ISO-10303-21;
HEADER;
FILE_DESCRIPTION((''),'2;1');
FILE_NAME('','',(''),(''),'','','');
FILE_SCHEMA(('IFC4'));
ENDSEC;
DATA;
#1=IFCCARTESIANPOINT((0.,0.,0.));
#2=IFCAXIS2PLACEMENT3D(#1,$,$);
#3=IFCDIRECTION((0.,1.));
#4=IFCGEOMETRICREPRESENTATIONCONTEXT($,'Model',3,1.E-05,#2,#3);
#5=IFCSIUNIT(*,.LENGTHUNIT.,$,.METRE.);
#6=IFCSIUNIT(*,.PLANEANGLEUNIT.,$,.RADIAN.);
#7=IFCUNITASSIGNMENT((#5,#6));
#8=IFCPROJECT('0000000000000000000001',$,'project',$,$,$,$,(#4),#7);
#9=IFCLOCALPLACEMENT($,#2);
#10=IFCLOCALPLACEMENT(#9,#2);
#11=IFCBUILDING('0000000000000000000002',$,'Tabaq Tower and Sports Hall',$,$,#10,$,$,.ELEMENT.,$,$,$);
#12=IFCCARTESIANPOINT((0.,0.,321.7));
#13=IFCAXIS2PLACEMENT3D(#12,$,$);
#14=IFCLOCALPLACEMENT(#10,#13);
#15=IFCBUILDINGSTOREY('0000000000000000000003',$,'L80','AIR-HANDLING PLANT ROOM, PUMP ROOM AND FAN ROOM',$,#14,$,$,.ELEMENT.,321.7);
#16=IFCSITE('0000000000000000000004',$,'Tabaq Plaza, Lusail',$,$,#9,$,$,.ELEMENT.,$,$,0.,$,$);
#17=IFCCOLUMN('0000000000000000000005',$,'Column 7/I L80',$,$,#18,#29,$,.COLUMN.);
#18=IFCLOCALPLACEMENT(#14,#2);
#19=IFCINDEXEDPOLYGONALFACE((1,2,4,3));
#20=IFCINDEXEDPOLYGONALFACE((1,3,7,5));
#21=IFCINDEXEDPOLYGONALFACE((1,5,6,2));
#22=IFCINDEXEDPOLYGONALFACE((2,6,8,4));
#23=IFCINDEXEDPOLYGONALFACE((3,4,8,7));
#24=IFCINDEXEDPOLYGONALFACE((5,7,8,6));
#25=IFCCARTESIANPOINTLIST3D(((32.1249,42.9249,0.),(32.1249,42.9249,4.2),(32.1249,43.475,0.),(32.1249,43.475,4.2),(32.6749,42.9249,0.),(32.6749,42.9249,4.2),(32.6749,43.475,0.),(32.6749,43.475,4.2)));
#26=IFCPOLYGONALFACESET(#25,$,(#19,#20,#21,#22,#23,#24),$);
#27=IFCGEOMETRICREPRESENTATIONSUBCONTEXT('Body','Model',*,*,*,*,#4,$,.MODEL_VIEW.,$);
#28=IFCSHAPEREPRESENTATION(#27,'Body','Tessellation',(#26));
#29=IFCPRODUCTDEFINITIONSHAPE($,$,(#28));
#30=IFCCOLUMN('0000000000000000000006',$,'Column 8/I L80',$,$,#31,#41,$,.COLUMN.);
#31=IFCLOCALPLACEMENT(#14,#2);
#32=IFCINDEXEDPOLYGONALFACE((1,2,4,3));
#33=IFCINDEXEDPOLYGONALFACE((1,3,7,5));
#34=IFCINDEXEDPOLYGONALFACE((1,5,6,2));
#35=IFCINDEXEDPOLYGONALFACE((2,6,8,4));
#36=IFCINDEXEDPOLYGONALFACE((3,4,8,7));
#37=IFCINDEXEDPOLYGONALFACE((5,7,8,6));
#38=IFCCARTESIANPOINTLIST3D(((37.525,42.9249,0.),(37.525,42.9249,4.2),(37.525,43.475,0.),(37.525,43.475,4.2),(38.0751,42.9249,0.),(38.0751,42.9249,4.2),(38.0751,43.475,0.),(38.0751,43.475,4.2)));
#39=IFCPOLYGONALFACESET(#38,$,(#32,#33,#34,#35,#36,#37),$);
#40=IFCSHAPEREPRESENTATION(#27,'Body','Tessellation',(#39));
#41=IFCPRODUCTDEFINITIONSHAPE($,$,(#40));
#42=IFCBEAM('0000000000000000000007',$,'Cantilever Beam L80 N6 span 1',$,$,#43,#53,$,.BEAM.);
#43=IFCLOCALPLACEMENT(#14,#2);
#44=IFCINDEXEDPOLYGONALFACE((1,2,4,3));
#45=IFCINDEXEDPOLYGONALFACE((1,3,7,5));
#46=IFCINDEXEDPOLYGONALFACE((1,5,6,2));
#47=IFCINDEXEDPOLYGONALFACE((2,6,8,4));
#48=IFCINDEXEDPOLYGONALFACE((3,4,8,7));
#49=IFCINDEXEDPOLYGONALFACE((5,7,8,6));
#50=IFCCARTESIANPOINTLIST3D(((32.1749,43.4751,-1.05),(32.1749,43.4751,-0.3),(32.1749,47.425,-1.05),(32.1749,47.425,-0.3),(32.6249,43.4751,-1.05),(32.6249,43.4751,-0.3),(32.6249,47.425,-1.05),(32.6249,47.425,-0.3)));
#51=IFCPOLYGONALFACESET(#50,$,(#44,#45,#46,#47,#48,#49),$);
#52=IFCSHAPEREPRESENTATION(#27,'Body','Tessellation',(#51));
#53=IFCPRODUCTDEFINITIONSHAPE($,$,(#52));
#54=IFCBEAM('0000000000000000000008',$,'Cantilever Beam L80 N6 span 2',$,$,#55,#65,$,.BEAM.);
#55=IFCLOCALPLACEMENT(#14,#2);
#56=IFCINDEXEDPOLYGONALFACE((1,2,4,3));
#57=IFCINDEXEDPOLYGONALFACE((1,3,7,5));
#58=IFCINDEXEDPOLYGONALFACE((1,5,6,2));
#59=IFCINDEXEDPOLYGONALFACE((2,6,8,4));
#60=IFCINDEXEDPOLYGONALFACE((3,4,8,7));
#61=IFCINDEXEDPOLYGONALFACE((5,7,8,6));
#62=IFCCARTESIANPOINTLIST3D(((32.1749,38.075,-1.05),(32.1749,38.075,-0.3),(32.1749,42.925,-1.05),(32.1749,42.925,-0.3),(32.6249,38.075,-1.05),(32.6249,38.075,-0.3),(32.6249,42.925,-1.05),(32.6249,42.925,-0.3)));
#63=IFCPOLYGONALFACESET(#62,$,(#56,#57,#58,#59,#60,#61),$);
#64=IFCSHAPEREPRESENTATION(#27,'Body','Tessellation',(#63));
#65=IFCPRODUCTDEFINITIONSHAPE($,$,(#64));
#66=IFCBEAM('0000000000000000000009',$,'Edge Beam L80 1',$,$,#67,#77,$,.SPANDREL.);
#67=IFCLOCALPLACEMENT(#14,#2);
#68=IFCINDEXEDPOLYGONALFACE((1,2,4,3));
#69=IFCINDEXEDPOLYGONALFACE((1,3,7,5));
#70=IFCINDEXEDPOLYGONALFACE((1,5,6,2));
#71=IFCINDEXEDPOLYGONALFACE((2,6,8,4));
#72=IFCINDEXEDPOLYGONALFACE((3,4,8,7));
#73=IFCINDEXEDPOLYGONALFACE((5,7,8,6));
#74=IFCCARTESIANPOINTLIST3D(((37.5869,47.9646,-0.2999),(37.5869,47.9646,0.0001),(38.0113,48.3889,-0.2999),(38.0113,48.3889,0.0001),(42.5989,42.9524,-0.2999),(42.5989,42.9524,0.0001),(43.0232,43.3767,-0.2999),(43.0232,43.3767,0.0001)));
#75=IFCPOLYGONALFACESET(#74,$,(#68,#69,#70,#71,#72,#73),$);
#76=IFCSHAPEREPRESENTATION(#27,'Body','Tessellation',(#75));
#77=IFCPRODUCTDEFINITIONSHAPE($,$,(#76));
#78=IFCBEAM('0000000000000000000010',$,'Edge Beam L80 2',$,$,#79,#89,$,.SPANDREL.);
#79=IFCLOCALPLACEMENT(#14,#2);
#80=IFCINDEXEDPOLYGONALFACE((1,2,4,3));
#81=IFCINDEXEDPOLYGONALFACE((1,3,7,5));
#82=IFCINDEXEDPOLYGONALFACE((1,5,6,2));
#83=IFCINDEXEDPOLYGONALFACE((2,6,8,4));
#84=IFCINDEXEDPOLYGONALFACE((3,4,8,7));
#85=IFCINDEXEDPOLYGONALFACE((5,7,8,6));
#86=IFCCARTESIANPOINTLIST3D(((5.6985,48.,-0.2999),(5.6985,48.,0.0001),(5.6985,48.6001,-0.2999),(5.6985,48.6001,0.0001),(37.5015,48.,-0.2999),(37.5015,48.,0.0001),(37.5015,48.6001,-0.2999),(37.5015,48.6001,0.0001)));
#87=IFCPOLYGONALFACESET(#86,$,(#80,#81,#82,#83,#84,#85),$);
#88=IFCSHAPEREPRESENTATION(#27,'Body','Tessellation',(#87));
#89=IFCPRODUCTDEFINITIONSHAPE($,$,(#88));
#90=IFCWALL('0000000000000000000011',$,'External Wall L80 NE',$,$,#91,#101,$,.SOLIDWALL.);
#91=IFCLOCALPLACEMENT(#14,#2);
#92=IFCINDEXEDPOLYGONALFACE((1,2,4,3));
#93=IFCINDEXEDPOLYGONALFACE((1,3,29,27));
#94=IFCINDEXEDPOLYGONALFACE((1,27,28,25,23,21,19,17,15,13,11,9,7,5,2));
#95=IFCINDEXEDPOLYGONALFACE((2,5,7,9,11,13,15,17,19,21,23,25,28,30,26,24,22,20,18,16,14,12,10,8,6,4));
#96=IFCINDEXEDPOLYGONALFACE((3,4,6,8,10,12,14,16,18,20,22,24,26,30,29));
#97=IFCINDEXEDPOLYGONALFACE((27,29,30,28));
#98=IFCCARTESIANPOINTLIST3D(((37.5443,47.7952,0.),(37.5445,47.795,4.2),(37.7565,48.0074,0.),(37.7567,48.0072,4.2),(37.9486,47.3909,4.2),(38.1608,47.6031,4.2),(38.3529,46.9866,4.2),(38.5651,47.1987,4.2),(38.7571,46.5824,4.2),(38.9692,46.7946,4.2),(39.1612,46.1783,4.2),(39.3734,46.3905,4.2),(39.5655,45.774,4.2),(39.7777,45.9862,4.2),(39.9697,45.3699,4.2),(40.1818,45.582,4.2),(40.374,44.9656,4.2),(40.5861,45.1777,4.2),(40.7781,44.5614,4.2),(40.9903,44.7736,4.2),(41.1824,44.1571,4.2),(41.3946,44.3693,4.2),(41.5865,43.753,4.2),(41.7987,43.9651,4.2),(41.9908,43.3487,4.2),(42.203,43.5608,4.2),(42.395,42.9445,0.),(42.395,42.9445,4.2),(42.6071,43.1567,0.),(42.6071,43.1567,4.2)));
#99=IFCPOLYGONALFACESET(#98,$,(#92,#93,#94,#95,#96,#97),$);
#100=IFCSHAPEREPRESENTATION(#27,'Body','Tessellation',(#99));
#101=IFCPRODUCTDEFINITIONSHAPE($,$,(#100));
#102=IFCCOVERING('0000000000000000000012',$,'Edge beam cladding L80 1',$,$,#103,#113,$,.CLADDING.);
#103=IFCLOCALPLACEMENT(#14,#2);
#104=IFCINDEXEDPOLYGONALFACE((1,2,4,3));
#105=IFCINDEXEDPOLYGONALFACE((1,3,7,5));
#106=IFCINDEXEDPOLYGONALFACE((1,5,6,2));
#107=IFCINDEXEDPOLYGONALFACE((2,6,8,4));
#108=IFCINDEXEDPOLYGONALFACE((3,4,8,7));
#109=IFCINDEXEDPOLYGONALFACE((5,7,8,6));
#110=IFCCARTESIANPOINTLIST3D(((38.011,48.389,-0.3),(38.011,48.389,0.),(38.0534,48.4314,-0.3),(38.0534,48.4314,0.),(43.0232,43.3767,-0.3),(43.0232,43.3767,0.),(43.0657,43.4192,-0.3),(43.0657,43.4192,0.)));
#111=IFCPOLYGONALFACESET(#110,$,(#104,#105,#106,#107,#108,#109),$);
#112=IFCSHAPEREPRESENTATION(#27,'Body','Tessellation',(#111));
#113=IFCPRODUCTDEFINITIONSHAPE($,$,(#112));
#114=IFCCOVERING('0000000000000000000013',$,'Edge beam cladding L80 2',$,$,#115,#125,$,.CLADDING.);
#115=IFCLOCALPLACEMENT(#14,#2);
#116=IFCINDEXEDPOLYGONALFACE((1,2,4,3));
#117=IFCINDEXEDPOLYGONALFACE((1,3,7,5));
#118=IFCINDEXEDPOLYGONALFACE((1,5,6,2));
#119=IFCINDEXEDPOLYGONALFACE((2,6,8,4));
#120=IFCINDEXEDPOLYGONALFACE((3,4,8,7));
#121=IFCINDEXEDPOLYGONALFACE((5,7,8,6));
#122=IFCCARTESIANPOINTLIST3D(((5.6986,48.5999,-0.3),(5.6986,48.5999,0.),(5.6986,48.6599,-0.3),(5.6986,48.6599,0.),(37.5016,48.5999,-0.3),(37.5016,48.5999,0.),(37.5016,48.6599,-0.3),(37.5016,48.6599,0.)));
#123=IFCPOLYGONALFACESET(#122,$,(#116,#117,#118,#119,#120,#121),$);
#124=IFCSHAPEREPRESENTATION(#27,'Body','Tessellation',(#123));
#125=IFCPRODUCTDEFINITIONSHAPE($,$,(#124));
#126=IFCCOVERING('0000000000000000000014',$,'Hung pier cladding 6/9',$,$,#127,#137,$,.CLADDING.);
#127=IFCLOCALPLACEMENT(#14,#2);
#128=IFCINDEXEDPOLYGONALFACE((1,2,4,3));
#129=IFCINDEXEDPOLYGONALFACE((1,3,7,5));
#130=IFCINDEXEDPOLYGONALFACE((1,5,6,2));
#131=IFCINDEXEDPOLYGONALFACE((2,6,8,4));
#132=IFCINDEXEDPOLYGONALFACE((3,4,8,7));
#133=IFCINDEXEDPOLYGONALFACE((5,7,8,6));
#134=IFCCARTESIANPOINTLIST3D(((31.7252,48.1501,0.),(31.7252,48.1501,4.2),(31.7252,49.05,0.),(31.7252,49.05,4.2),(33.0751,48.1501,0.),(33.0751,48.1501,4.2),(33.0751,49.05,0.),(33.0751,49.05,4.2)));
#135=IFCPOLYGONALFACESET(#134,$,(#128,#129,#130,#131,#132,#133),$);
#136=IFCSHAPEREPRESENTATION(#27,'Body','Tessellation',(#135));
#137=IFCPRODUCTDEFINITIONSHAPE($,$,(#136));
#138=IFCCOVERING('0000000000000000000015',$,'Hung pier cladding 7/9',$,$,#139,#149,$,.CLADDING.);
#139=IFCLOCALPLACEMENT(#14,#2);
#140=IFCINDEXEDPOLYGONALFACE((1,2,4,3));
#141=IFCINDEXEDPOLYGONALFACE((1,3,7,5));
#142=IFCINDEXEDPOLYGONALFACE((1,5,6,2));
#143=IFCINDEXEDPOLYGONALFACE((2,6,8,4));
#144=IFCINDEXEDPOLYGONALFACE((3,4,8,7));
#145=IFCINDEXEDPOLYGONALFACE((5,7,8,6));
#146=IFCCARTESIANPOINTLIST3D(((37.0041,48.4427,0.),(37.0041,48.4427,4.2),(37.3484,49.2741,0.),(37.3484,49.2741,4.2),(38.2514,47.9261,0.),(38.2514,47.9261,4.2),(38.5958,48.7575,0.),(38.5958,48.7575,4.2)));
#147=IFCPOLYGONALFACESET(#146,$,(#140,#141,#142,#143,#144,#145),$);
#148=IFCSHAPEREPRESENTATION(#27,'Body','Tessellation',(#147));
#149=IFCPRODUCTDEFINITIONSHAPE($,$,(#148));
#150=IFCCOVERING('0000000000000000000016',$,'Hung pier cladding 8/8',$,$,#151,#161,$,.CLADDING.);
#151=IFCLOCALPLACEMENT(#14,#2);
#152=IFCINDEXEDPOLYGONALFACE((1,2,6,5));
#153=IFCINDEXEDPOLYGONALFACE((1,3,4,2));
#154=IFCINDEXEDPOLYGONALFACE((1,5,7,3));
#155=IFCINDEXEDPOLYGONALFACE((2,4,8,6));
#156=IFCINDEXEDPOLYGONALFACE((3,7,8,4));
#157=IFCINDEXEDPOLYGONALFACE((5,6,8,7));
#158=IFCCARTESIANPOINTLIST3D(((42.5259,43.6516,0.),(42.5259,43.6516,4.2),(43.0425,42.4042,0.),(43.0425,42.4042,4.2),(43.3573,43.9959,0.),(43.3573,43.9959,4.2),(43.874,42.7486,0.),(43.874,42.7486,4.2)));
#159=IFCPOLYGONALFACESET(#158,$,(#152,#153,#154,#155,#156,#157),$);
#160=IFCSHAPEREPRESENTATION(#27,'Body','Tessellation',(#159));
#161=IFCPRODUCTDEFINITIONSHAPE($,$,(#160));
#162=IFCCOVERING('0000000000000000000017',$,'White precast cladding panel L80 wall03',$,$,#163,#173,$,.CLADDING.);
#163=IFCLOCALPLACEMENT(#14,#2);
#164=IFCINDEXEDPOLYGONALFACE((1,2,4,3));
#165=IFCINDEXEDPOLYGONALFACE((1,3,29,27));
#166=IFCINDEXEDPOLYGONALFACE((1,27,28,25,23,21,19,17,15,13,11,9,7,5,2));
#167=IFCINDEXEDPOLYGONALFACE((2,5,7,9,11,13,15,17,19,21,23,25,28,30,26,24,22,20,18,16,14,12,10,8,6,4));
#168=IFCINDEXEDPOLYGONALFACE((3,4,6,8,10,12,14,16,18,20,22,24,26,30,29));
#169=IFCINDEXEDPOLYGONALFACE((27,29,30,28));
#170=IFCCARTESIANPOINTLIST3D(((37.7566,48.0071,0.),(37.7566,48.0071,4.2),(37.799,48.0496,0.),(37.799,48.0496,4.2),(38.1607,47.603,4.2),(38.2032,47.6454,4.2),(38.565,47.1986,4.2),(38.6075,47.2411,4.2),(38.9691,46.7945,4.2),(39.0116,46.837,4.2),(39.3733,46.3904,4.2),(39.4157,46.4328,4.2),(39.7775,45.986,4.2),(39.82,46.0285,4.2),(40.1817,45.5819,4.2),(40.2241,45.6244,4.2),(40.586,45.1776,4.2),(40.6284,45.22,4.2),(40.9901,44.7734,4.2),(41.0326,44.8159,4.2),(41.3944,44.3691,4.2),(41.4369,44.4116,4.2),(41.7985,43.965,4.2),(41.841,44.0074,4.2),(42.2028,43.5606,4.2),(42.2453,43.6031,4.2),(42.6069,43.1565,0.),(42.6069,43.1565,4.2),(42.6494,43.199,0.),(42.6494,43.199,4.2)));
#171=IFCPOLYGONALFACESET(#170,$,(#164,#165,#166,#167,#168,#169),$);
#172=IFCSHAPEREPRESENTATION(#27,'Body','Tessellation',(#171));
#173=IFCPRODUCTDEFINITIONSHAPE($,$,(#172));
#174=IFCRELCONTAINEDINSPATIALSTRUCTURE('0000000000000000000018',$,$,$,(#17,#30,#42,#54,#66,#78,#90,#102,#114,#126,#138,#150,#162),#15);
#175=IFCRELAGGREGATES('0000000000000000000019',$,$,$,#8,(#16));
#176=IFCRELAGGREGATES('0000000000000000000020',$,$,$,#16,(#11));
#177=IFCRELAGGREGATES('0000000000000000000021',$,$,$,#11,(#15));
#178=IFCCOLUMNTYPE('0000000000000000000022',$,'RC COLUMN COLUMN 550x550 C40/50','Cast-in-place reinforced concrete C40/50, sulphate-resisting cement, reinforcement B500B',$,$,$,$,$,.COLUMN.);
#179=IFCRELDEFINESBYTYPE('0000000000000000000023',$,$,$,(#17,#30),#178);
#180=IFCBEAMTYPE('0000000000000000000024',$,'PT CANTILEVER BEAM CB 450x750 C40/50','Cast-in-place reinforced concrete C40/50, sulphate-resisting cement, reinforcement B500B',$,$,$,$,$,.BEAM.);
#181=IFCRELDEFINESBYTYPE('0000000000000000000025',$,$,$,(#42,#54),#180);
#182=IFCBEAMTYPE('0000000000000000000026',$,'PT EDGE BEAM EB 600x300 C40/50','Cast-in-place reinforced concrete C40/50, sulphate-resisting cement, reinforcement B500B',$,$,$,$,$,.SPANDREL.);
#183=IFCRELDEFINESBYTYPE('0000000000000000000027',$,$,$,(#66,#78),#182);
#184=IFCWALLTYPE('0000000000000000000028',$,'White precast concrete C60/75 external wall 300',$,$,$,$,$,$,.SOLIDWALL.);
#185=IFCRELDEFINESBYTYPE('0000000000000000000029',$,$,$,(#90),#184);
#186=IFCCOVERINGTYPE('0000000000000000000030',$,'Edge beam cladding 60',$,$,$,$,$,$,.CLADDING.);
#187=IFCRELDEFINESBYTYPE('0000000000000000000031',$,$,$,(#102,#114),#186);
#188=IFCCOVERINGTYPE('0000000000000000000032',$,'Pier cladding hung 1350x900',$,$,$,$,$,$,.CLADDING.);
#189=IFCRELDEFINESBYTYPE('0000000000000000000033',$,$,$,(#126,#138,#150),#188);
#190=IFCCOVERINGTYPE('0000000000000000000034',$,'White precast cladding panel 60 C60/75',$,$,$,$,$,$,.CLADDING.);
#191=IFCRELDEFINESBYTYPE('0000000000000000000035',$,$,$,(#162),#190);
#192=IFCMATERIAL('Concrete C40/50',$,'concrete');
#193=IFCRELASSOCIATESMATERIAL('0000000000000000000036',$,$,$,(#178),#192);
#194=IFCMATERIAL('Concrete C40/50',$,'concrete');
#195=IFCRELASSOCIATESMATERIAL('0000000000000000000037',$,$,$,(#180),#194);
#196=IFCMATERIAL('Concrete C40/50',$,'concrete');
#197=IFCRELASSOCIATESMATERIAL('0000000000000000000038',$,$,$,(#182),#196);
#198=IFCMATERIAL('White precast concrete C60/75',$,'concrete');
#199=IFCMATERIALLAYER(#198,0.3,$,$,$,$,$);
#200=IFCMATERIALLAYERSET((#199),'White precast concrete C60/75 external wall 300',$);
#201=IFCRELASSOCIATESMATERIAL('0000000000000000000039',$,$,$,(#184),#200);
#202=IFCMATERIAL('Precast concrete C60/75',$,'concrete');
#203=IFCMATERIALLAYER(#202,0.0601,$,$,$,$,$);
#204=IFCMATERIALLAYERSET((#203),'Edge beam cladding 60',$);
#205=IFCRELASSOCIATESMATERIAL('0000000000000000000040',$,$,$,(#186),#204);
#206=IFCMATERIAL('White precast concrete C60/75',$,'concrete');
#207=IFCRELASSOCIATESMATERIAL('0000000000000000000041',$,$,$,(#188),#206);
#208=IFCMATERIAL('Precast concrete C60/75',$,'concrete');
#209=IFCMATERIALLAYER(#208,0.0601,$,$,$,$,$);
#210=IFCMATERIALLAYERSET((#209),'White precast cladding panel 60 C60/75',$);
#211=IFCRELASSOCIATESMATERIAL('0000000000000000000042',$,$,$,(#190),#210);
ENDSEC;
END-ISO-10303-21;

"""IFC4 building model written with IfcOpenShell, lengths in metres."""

from ifc_helpers import new_model, si_unit, direction, frame, frame_2d, origin, origin_2d, place, context, subcontext, project, spatial, polyline, rectangle, outline, extrude, material, layer, layer_set, material_profile, profile_set, type_object, element, save


model = new_model("IFC4")

# Units and contexts
model_context = context("Model", 3, precision=1e-05, world=origin(), true_north=direction((0.0, 1.0)))
body_context = subcontext(model_context, "Body", "Model", "MODEL_VIEW")
ifc_project = project(units=[si_unit("LENGTHUNIT", "METRE"), si_unit("PLANEANGLEUNIT", "RADIAN")], contexts=[model_context])

# Site, building, storey
site_placement = place(None, origin())
site = spatial("IfcSite", under=ifc_project, at=site_placement, Name="Tabaq Plaza, Lusail", CompositionType="ELEMENT", RefElevation=0.0)
building_placement = place(site_placement, origin())
building = spatial("IfcBuilding", under=site, at=building_placement, Name="Tabaq Tower and Sports Hall", CompositionType="ELEMENT")
storey_placement = place(building_placement, frame((0.0, 0.0, 321.7)))
storey = spatial("IfcBuildingStorey", under=building, at=storey_placement, Name="L80", Description="AIR-HANDLING PLANT ROOM, PUMP ROOM AND FAN ROOM", CompositionType="ELEMENT", Elevation=321.7)

# Columns
ifc_material_1 = material(Name="Concrete C40/50", Category="concrete")
ifc_material_profile_1 = material_profile(ifc_material_1, rectangle(XDim=0.55, YDim=0.55, at=origin_2d()), Name="COLUMN 550x550")
ifc_profile_set_1 = profile_set([ifc_material_profile_1], Name="Concrete C40/50")
column_type = type_object("IfcColumnType", Name="RC COLUMN COLUMN 550x550 C40/50", Description="Cast-in-place reinforced concrete C40/50, sulphate-resisting cement, reinforcement B500B", PredefinedType="COLUMN", material=ifc_profile_set_1)
for number, where, z_axis, x_axis, name in (
    (1, (32.3999, 43.2, 0.0), (0.0, 0.0, 1.0), (1.0, 0.0, 0.0), "Column 7/I L80"),
    (2, (37.8, 43.2, 0.0), (0.0, 0.0, 1.0), (1.0, 0.0, 0.0), "Column 8/I L80"),
):
    element("IfcColumn", number, at=place(storey_placement, frame(where, z_axis=z_axis, x_axis=x_axis)), inside=storey, type_object=column_type, Name=name, PredefinedType="COLUMN", context=body_context, shape_type="SweptSolid", body=[
        extrude(rectangle(XDim=0.55, YDim=0.55, at=origin_2d()), origin(), (0.0, 0.0, 1.0), 4.2),
    ])

# Beams
ifc_material_2 = material(Name="Concrete C40/50", Category="concrete")
ifc_material_profile_2 = material_profile(ifc_material_2, rectangle(XDim=0.45, YDim=0.75, at=origin_2d()), Name="CB 450x750")
ifc_profile_set_2 = profile_set([ifc_material_profile_2], Name="Concrete C40/50")
beam_type_1 = type_object("IfcBeamType", Name="PT CANTILEVER BEAM CB 450x750 C40/50", Description="Cast-in-place reinforced concrete C40/50, sulphate-resisting cement, reinforcement B500B", PredefinedType="BEAM", material=ifc_profile_set_2)
beam_1_placement = place(storey_placement, frame((32.3999, 47.425, -0.675), z_axis=(0.0, -1.0, 0.0), x_axis=(1.0, 0.0, 0.0)))
element("IfcBeam", 3, at=beam_1_placement, inside=storey, type_object=beam_type_1, Name="Cantilever Beam L80 N6 span 1", PredefinedType="BEAM", context=body_context, shape_type="SweptSolid", body=[
    extrude(rectangle(XDim=0.45, YDim=0.75, at=origin_2d()), origin(), (0.0, 0.0, 1.0), 3.95),
])
beam_2_placement = place(storey_placement, frame((32.3999, 42.925, -0.675), z_axis=(0.0, -1.0, 0.0), x_axis=(1.0, 0.0, 0.0)))
element("IfcBeam", 4, at=beam_2_placement, inside=storey, type_object=beam_type_1, Name="Cantilever Beam L80 N6 span 2", PredefinedType="BEAM", context=body_context, shape_type="SweptSolid", body=[
    extrude(rectangle(XDim=0.45, YDim=0.75, at=origin_2d()), origin(), (0.0, 0.0, 1.0), 4.8501),
])
ifc_material_3 = material(Name="Concrete C40/50", Category="concrete")
ifc_material_profile_3 = material_profile(ifc_material_3, rectangle(XDim=0.6001, YDim=0.3, at=origin_2d()), Name="EB 600x300")
ifc_profile_set_3 = profile_set([ifc_material_profile_3], Name="Concrete C40/50")
beam_type_2 = type_object("IfcBeamType", Name="PT EDGE BEAM EB 600x300 C40/50", Description="Cast-in-place reinforced concrete C40/50, sulphate-resisting cement, reinforcement B500B", PredefinedType="SPANDREL", material=ifc_profile_set_3)
beam_3_placement = place(storey_placement, frame((42.811, 43.1646, -0.1499), z_axis=(-0.70709, 0.707124, 0.0), x_axis=(-0.707124, -0.70709, 0.0)))
element("IfcBeam", 5, at=beam_3_placement, inside=storey, type_object=beam_type_2, Name="Edge Beam L80 1", PredefinedType="SPANDREL", context=body_context, shape_type="SweptSolid", body=[
    extrude(rectangle(XDim=0.6001, YDim=0.3, at=origin_2d()), origin(), (0.0, 0.0, 1.0), 7.0881),
])
beam_4_placement = place(storey_placement, frame((37.5015, 48.3, -0.1499), z_axis=(-1.0, 0.0, 0.0), x_axis=(0.0, -1.0, 0.0)))
element("IfcBeam", 6, at=beam_4_placement, inside=storey, type_object=beam_type_2, Name="Edge Beam L80 2", PredefinedType="SPANDREL", context=body_context, shape_type="SweptSolid", body=[
    extrude(rectangle(XDim=0.6001, YDim=0.3, at=origin_2d()), origin(), (0.0, 0.0, 1.0), 31.803),
])

# Wall
ifc_material_4 = material(Name="White precast concrete C60/75", Category="concrete")
ifc_layer_1 = layer(ifc_material_4, 0.3)
ifc_layer_set_1 = layer_set([ifc_layer_1], Name="White precast concrete C60/75 external wall 300")
wall_type_1 = type_object("IfcWallType", Name="White precast concrete C60/75 external wall 300", PredefinedType="SOLIDWALL", material=ifc_layer_set_1)
wall_1_placement = place(storey_placement, frame((42.501, 43.0505, 0.0), z_axis=(0.0, 0.0, 1.0), x_axis=(-0.707107, 0.707107, 0.0)))
element("IfcWall", 7, at=wall_1_placement, inside=storey, type_object=wall_type_1, Name="External Wall L80 NE", PredefinedType="SOLIDWALL", context=body_context, shape_type="SweptSolid", body=[
    extrude(outline(polyline([(0.0, 0.0), (6.8599, 0.0), (6.8596, 4.2), (6.2881, 4.2), (5.7163, 4.2), (5.1448, 4.2), (4.5732, 4.2), (4.0015, 4.2), (3.4299, 4.2), (2.8582, 4.2), (2.2866, 4.2), (1.7148, 4.2), (1.1433, 4.2), (0.5715, 4.2), (0.0, 4.2), (0.0, 0.0)])), frame((0.0, 0.1499, 0.0), z_axis=(0.0, -1.0, 0.0), x_axis=(1.0, 0.0, 0.0)), (0.0, 0.0, 1.0), 0.3),
])

# Coverings
ifc_material_5 = material(Name="Precast concrete C60/75", Category="concrete")
ifc_layer_2 = layer(ifc_material_5, 0.0601)
ifc_layer_set_2 = layer_set([ifc_layer_2], Name="Edge beam cladding 60")
covering_type_1 = type_object("IfcCoveringType", Name="Edge beam cladding 60", PredefinedType="CLADDING", material=ifc_layer_set_2)
covering_1_placement = place(storey_placement, frame((43.0444, 43.3979, -0.3), z_axis=(0.0, 0.0, 1.0), x_axis=(-0.707107, 0.707107, 0.0)))
element("IfcCovering", 8, at=covering_1_placement, inside=storey, type_object=covering_type_1, Name="Edge beam cladding L80 1", PredefinedType="CLADDING", context=body_context, shape_type="SweptSolid", body=[
    extrude(rectangle(XDim=7.0884, YDim=0.0601, at=frame_2d((3.5442, 0.0))), origin(), (0.0, 0.0, 1.0), 0.3),
])
covering_2_placement = place(storey_placement, frame((37.5015, 48.6299, -0.3), z_axis=(0.0, 0.0, 1.0), x_axis=(-1.0, 0.0, 0.0)))
element("IfcCovering", 9, at=covering_2_placement, inside=storey, type_object=covering_type_1, Name="Edge beam cladding L80 2", PredefinedType="CLADDING", context=body_context, shape_type="SweptSolid", body=[
    extrude(rectangle(XDim=31.803, YDim=0.0601, at=frame_2d((15.9014, 0.0))), origin(), (0.0, 0.0, 1.0), 0.3),
])
ifc_material_6 = material(Name="White precast concrete C60/75", Category="concrete")
covering_type_2 = type_object("IfcCoveringType", Name="Pier cladding hung 1350x900", PredefinedType="CLADDING", material=ifc_material_6)
covering_3_placement = place(storey_placement, frame((33.075, 48.6001, 0.0), z_axis=(0.0, 0.0, 1.0), x_axis=(-1.0, 0.0, 0.0)))
element("IfcCovering", 10, at=covering_3_placement, inside=storey, type_object=covering_type_2, Name="Hung pier cladding 6/9", PredefinedType="CLADDING", context=body_context, shape_type="SweptSolid", body=[
    extrude(rectangle(XDim=1.3499, YDim=0.8999, at=frame_2d((0.6748, 0.0))), origin(), (0.0, 0.0, 1.0), 4.2),
])
for number, where, z_axis, x_axis, name in (
    (11, (38.4236, 48.3418, 0.0), (0.0, 0.0, 1.0), (-0.923893, 0.38265, 0.0), "Hung pier cladding 7/9"),
    (12, (43.4583, 42.5764, 0.0), (0.0, 0.0, 1.0), (-0.38265, 0.923893, 0.0), "Hung pier cladding 8/8"),
):
    element("IfcCovering", number, at=place(storey_placement, frame(where, z_axis=z_axis, x_axis=x_axis)), inside=storey, type_object=covering_type_2, Name=name, PredefinedType="CLADDING", context=body_context, shape_type="SweptSolid", body=[
        extrude(rectangle(XDim=1.3501, YDim=0.8999, at=frame_2d((0.675, 0.0))), origin(), (0.0, 0.0, 1.0), 4.2),
    ])
ifc_material_7 = material(Name="Precast concrete C60/75", Category="concrete")
ifc_layer_3 = layer(ifc_material_7, 0.0601)
ifc_layer_set_3 = layer_set([ifc_layer_3], Name="White precast cladding panel 60 C60/75")
covering_type_3 = type_object("IfcCoveringType", Name="White precast cladding panel 60 C60/75", PredefinedType="CLADDING", material=ifc_layer_set_3)
covering_4_placement = place(storey_placement, frame((42.6282, 43.1777, 0.0), z_axis=(0.0, 0.0, 1.0), x_axis=(-0.707089, 0.707125, 0.0)))
element("IfcCovering", 13, at=covering_4_placement, inside=storey, type_object=covering_type_3, Name="White precast cladding panel L80 wall03", PredefinedType="CLADDING", context=body_context, shape_type="SweptSolid", body=[
    extrude(outline(polyline([(0.0, 0.0), (6.8596, 0.0), (6.8596, 4.2), (6.2881, 4.2), (5.7163, 4.2), (5.1448, 4.2), (4.5732, 4.2), (4.0015, 4.2), (3.4299, 4.2), (2.8582, 4.2), (2.2866, 4.2), (1.7148, 4.2), (1.1433, 4.2), (0.5715, 4.2), (0.0, 4.2), (0.0, 0.0)])), frame((0.0, 0.03, 0.0), z_axis=(0.0, -1.0, 0.0), x_axis=(1.0, 0.0, 0.0)), (0.0, 0.0, 1.0), 0.0601),
])

save(model, "model.ifc")
